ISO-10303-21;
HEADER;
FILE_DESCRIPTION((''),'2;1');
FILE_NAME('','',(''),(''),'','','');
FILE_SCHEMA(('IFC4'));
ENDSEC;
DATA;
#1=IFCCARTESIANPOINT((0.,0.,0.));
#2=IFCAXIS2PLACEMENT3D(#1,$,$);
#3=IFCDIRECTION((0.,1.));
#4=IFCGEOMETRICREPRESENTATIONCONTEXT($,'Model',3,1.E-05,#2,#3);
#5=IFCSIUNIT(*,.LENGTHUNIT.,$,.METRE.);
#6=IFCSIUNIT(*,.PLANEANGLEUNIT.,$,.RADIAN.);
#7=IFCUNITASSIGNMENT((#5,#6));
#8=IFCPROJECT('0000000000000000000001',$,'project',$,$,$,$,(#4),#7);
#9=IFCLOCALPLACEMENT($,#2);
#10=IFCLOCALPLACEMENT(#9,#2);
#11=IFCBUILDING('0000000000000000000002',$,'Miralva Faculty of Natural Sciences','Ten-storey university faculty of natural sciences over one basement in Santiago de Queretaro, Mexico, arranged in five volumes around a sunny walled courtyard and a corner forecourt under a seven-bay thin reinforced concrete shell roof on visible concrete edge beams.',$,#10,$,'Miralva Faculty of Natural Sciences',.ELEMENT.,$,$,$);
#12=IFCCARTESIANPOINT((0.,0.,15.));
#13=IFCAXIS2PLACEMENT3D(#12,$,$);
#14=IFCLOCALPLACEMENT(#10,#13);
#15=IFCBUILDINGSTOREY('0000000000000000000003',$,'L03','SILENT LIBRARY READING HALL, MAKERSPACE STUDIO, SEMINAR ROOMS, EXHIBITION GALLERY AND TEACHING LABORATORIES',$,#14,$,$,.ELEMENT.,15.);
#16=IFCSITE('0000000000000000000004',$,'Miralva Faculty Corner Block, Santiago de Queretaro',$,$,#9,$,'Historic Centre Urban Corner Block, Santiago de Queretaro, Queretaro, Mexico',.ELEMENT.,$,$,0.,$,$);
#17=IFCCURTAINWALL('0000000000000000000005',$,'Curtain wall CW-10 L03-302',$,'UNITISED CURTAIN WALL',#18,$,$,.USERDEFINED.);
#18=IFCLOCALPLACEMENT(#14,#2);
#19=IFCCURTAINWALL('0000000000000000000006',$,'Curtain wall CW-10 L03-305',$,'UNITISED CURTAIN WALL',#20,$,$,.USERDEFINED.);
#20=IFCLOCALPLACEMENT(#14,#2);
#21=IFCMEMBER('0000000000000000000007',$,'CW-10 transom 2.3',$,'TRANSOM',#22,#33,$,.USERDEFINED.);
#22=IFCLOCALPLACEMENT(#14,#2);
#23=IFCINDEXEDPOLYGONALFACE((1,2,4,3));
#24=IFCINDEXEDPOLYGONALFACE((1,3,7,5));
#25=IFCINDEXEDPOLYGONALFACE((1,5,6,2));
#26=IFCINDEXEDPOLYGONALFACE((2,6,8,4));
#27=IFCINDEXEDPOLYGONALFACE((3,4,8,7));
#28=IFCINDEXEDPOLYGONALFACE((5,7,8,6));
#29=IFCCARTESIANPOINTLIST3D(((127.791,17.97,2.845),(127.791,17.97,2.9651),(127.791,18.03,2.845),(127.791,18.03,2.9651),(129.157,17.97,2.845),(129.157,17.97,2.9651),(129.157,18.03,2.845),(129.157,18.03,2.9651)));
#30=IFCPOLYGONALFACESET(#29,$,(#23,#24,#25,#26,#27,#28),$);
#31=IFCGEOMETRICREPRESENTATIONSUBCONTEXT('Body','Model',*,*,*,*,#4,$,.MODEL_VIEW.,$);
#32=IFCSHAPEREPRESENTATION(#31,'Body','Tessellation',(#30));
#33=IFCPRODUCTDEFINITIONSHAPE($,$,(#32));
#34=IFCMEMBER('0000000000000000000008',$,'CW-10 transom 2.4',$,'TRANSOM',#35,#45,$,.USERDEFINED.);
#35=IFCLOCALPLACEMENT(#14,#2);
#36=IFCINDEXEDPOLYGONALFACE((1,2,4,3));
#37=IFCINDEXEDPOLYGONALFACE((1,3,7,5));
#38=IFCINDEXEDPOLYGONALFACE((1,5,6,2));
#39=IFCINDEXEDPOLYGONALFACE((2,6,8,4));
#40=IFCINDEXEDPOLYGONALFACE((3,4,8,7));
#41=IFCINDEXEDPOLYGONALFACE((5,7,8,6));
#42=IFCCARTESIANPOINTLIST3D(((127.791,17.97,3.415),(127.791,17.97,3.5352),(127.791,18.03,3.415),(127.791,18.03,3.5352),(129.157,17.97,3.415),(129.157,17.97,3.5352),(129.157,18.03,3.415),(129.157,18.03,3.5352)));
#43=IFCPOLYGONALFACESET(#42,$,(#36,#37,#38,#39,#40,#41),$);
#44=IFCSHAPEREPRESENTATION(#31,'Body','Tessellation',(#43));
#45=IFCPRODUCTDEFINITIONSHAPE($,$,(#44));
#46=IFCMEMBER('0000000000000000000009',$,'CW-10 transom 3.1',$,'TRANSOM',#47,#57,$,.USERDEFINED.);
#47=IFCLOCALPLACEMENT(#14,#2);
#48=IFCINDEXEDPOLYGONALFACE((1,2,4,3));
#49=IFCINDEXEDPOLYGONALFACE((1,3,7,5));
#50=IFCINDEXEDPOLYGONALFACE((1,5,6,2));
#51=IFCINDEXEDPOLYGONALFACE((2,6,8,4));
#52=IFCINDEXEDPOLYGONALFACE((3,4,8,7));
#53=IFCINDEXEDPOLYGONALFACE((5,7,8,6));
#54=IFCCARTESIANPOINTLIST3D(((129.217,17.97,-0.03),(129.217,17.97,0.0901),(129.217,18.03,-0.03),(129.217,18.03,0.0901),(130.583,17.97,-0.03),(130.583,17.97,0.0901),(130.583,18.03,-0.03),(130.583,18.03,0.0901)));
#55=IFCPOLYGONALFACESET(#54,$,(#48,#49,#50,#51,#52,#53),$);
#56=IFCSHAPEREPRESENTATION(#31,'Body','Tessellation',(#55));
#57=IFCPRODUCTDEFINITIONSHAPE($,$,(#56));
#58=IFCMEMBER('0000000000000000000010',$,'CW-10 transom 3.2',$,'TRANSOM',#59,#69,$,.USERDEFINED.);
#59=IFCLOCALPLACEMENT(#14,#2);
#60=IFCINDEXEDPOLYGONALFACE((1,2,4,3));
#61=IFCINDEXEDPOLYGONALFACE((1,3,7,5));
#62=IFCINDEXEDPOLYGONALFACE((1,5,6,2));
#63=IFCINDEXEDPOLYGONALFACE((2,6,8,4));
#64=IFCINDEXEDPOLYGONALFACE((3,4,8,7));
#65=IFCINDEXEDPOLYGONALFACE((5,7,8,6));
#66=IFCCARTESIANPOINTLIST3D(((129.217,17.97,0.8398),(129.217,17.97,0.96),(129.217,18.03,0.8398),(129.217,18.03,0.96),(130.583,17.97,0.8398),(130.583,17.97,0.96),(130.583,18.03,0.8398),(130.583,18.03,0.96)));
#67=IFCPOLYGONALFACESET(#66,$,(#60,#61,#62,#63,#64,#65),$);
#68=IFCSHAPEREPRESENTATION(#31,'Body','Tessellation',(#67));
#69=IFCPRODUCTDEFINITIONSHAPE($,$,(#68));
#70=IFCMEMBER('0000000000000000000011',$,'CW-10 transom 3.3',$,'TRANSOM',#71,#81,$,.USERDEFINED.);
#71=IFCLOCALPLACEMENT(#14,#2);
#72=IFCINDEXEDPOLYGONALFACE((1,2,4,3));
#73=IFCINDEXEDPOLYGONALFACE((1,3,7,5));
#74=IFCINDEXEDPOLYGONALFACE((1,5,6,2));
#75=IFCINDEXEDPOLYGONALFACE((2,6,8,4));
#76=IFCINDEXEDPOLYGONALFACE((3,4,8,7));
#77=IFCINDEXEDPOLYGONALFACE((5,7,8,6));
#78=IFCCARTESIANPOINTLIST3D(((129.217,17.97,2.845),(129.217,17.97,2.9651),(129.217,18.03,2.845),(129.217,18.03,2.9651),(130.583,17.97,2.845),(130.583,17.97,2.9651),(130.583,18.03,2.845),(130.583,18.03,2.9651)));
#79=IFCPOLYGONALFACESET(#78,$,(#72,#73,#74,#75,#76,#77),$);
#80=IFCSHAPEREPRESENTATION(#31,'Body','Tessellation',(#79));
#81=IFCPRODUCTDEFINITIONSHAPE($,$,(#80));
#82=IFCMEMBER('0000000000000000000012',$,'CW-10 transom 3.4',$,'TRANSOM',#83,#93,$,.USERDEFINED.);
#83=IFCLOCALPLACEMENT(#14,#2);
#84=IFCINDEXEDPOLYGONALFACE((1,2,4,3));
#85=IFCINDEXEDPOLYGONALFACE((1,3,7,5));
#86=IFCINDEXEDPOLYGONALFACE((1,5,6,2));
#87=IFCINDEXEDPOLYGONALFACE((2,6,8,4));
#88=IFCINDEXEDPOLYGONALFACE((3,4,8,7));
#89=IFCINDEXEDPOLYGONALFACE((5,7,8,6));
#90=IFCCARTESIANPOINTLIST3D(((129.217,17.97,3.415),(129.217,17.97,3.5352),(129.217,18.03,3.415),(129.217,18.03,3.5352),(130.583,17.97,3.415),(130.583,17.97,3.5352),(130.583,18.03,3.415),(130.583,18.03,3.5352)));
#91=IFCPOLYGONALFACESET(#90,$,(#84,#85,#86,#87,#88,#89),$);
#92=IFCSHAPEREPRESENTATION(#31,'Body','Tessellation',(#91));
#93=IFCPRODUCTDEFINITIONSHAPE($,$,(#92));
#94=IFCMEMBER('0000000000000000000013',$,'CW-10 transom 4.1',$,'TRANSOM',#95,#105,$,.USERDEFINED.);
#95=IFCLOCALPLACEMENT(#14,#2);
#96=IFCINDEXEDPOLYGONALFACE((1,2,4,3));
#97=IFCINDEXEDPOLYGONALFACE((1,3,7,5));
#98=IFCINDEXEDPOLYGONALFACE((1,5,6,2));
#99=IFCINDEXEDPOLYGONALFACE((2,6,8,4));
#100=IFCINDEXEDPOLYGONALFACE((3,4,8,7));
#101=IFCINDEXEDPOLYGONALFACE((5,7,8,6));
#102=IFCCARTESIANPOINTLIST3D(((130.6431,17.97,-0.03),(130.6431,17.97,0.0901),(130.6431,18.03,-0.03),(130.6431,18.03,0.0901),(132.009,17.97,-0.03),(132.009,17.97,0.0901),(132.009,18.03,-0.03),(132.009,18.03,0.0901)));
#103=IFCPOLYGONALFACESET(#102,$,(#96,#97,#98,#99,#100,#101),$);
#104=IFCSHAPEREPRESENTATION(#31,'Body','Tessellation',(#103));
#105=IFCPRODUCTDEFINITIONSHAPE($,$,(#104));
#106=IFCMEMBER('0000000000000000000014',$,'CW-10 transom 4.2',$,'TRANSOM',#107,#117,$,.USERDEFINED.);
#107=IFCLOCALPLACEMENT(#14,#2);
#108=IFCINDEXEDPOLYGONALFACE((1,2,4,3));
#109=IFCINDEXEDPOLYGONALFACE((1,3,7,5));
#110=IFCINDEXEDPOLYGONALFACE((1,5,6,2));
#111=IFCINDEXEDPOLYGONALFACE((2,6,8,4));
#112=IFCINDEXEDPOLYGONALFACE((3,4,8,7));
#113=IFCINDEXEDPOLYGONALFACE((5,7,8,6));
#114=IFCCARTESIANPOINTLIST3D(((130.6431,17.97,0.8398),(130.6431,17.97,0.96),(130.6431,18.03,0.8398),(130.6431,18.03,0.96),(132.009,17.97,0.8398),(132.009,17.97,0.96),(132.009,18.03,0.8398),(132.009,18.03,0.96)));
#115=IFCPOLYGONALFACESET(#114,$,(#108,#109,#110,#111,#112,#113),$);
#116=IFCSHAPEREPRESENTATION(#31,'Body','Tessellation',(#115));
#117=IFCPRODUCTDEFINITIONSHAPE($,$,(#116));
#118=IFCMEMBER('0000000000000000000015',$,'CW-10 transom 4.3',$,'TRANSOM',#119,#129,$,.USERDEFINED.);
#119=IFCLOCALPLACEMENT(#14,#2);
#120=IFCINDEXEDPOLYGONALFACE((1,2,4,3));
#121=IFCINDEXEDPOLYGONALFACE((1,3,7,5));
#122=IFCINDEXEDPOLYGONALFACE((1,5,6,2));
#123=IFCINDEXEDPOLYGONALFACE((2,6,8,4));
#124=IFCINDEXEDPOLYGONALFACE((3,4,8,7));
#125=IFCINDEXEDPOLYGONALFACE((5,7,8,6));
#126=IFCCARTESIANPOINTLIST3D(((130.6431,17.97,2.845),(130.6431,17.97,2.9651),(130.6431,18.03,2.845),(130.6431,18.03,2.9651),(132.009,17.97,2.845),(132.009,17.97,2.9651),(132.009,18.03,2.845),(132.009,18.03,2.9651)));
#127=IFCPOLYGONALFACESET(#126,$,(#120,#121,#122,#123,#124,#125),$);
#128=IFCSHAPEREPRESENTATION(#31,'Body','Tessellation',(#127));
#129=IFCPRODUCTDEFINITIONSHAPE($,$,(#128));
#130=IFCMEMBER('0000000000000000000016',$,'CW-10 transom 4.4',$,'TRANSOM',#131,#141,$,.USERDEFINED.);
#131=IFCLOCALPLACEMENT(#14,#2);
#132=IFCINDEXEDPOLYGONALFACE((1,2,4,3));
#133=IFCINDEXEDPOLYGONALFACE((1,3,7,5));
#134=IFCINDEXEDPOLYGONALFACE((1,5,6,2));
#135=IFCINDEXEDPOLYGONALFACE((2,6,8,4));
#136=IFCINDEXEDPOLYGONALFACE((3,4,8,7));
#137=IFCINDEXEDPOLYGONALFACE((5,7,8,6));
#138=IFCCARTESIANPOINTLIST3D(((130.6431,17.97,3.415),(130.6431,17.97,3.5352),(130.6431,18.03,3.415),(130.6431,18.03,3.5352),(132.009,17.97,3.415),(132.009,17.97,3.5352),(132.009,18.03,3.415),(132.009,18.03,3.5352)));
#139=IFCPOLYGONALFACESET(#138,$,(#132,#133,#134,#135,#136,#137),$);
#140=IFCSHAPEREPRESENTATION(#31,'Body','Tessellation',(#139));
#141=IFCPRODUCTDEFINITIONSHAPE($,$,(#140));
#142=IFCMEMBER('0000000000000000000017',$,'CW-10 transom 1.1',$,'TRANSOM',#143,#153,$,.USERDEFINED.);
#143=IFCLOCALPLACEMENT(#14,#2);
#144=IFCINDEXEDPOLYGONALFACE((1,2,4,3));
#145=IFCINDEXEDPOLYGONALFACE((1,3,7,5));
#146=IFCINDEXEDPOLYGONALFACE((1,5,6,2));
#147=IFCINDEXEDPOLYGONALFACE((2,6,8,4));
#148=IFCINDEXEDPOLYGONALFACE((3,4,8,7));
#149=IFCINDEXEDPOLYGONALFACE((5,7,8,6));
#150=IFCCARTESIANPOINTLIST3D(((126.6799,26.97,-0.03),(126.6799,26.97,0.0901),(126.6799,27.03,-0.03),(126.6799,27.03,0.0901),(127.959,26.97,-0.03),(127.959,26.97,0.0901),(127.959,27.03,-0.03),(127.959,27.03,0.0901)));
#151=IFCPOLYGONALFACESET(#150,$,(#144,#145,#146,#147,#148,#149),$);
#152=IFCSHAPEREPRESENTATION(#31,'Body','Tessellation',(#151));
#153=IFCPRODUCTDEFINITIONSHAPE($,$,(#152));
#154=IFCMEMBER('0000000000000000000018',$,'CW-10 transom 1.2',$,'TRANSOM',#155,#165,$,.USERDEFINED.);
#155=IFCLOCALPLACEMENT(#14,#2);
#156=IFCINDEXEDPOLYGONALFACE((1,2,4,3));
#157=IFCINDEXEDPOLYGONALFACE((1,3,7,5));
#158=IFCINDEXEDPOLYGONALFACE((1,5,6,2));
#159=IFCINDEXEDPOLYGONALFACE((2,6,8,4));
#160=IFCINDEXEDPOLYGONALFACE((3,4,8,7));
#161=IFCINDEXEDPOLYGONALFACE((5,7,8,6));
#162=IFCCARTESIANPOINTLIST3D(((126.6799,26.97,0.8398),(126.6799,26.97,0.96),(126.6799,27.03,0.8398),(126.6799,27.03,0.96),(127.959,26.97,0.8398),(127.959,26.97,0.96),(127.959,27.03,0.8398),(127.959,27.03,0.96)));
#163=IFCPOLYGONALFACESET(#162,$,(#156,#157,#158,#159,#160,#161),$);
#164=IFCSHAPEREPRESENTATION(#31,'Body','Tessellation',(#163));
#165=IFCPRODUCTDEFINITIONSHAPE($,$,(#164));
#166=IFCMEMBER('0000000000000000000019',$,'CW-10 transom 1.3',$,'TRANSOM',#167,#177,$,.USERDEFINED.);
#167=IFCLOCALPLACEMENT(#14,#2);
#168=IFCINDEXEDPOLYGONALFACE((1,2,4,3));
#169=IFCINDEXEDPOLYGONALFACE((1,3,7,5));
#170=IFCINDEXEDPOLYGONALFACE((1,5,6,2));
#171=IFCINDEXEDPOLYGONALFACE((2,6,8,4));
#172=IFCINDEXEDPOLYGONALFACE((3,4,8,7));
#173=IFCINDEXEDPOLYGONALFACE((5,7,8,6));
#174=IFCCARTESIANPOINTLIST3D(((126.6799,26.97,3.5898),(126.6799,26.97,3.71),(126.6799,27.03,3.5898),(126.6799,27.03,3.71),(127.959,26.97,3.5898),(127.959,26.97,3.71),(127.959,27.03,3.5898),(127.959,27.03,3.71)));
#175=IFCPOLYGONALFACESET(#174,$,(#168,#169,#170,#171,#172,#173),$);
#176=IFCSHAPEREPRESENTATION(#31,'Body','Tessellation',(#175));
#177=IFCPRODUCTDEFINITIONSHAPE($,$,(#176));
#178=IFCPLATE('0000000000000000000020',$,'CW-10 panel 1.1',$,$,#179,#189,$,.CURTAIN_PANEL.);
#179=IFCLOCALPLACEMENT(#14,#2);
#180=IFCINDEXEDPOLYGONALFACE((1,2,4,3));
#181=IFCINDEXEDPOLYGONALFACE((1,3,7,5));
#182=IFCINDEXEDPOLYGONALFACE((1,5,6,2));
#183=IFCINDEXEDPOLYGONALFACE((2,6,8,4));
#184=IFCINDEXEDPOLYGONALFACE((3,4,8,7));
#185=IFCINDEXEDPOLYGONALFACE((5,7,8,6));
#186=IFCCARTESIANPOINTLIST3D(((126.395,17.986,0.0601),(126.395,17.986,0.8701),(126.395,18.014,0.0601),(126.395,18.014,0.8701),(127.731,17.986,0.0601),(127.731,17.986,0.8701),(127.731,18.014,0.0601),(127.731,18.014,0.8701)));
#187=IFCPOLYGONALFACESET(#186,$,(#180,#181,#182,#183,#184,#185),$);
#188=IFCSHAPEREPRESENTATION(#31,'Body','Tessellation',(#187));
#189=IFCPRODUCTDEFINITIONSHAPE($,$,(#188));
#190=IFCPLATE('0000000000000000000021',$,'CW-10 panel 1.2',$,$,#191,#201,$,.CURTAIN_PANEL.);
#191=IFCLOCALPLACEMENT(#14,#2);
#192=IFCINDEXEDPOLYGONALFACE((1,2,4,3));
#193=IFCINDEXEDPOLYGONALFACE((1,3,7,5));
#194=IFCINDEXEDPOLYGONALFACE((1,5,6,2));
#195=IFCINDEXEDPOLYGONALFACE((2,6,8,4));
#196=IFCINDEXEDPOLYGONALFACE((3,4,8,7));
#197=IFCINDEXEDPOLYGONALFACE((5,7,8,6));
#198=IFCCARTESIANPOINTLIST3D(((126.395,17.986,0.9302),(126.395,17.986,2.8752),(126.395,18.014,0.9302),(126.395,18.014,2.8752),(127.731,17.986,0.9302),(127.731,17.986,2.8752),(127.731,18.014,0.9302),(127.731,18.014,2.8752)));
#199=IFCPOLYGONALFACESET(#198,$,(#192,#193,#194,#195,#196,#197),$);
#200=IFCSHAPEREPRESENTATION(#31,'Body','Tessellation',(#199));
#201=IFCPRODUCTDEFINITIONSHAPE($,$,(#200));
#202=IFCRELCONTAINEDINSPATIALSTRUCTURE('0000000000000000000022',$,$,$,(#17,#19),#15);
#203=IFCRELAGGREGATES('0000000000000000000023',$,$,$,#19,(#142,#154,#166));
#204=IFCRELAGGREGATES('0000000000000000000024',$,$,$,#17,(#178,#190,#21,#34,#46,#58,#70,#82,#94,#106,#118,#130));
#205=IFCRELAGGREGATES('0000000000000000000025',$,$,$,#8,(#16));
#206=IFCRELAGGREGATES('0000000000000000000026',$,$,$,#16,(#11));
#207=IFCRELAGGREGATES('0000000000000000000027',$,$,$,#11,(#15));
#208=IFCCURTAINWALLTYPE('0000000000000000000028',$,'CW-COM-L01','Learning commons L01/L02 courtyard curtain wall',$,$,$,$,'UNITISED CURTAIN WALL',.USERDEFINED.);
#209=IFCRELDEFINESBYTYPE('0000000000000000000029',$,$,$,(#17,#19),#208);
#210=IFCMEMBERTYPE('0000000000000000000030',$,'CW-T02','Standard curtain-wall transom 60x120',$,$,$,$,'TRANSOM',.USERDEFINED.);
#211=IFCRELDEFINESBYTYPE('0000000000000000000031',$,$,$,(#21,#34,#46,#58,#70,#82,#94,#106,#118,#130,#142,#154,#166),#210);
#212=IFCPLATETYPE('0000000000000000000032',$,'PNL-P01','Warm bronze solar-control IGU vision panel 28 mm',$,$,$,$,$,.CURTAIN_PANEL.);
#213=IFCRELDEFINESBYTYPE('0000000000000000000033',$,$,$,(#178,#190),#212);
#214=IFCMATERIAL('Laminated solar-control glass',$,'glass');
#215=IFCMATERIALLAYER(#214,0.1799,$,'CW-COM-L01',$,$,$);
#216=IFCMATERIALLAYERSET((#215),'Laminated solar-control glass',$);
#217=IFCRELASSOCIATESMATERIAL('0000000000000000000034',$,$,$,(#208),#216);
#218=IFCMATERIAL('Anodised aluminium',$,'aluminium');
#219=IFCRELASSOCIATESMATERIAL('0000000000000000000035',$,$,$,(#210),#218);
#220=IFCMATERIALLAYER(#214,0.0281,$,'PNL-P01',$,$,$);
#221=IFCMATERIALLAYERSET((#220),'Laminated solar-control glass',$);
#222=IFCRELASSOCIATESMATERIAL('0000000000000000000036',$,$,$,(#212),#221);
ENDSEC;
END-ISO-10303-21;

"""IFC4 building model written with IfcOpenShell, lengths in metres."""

from ifc_helpers import new_model, si_unit, direction, frame, origin, origin_2d, place, context, subcontext, project, spatial, rectangle, extrude, material, layer, layer_set, material_profile, profile_set, type_object, element, aggregate, save


model = new_model("IFC4")

# Units and contexts
model_context = context("Model", 3, precision=1e-05, world=origin(), true_north=direction((0.0, 1.0)))
body_context = subcontext(model_context, "Body", "Model", "MODEL_VIEW")
ifc_project = project(units=[si_unit("LENGTHUNIT", "METRE"), si_unit("PLANEANGLEUNIT", "RADIAN")], contexts=[model_context])

# Site, building, storey
site_placement = place(None, origin())
site = spatial("IfcSite", under=ifc_project, at=site_placement, Name="Miralva Faculty Corner Block, Santiago de Queretaro", LongName="Historic Centre Urban Corner Block, Santiago de Queretaro, Queretaro, Mexico", CompositionType="ELEMENT", RefElevation=0.0)
building_placement = place(site_placement, origin())
building = spatial("IfcBuilding", under=site, at=building_placement, Name="Miralva Faculty of Natural Sciences", Description="Ten-storey university faculty of natural sciences over one basement in Santiago de Queretaro, Mexico, arranged in five volumes around a sunny walled courtyard and a corner forecourt under a seven-bay thin reinforced concrete shell roof on visible concrete edge beams.", LongName="Miralva Faculty of Natural Sciences", CompositionType="ELEMENT")
storey_placement = place(building_placement, frame((0.0, 0.0, 15.0)))
storey = spatial("IfcBuildingStorey", under=building, at=storey_placement, Name="L03", Description="SILENT LIBRARY READING HALL, MAKERSPACE STUDIO, SEMINAR ROOMS, EXHIBITION GALLERY AND TEACHING LABORATORIES", CompositionType="ELEMENT", Elevation=15.0)

# Shared definitions
ifc_material_1 = material(Name="Laminated solar-control glass", Category="glass")
ifc_material_2 = material(Name="Anodised aluminium", Category="aluminium")

# Curtain wall
ifc_layer_1 = layer(ifc_material_1, 0.1799, Name="CW-COM-L01")
ifc_layer_set_1 = layer_set([ifc_layer_1], Name="Laminated solar-control glass")
curtain_wall_type_1 = type_object("IfcCurtainWallType", Name="CW-COM-L01", Description="Learning commons L01/L02 courtyard curtain wall", ElementType="UNITISED CURTAIN WALL", PredefinedType="USERDEFINED", material=ifc_layer_set_1)
curtain_wall_1_placement = place(storey_placement, origin())
curtain_wall_1 = element("IfcCurtainWall", 1, at=curtain_wall_1_placement, inside=storey, type_object=curtain_wall_type_1, Name="Curtain wall CW-10 L03-302", ObjectType="UNITISED CURTAIN WALL", PredefinedType="USERDEFINED")

# Curtain wall
curtain_wall_2_placement = place(storey_placement, origin())
curtain_wall_2 = element("IfcCurtainWall", 2, at=curtain_wall_2_placement, inside=storey, type_object=curtain_wall_type_1, Name="Curtain wall CW-10 L03-305", ObjectType="UNITISED CURTAIN WALL", PredefinedType="USERDEFINED")

# Members
ifc_material_profile_1 = material_profile(ifc_material_2, rectangle(XDim=0.0601, YDim=0.1201, at=origin_2d()), Name="TRANSOM 60x120")
ifc_profile_set_1 = profile_set([ifc_material_profile_1], Name="Anodised aluminium")
member_type_1 = type_object("IfcMemberType", Name="CW-T02", Description="Standard curtain-wall transom 60x120", ElementType="TRANSOM", PredefinedType="USERDEFINED", material=ifc_profile_set_1)
member_1_placement = place(storey_placement, frame((127.791, 18.0, 2.905), z_axis=(1.0, 0.0, 0.0), x_axis=(0.0, 1.0, 0.0)))
member_1 = element("IfcMember", 3, at=member_1_placement, type_object=member_type_1, Name="CW-10 transom 2.3", ObjectType="TRANSOM", PredefinedType="USERDEFINED", context=body_context, shape_type="SweptSolid", body=[
    extrude(rectangle(XDim=0.0601, YDim=0.1201, at=origin_2d()), origin(), (0.0, 0.0, 1.0), 1.366),
])
member_2_placement = place(storey_placement, frame((127.791, 18.0, 3.4751), z_axis=(1.0, 0.0, 0.0), x_axis=(0.0, 1.0, 0.0)))
member_2 = element("IfcMember", 4, at=member_2_placement, type_object=member_type_1, Name="CW-10 transom 2.4", ObjectType="TRANSOM", PredefinedType="USERDEFINED", context=body_context, shape_type="SweptSolid", body=[
    extrude(rectangle(XDim=0.0601, YDim=0.1201, at=origin_2d()), origin(), (0.0, 0.0, 1.0), 1.366),
])
member_3_placement = place(storey_placement, frame((129.217, 18.0, 0.03), z_axis=(1.0, 0.0, 0.0), x_axis=(0.0, 1.0, 0.0)))
member_3 = element("IfcMember", 5, at=member_3_placement, type_object=member_type_1, Name="CW-10 transom 3.1", ObjectType="TRANSOM", PredefinedType="USERDEFINED", context=body_context, shape_type="SweptSolid", body=[
    extrude(rectangle(XDim=0.0601, YDim=0.1201, at=origin_2d()), origin(), (0.0, 0.0, 1.0), 1.366),
])
member_4_placement = place(storey_placement, frame((129.217, 18.0, 0.8999), z_axis=(1.0, 0.0, 0.0), x_axis=(0.0, 1.0, 0.0)))
member_4 = element("IfcMember", 6, at=member_4_placement, type_object=member_type_1, Name="CW-10 transom 3.2", ObjectType="TRANSOM", PredefinedType="USERDEFINED", context=body_context, shape_type="SweptSolid", body=[
    extrude(rectangle(XDim=0.0601, YDim=0.1201, at=origin_2d()), origin(), (0.0, 0.0, 1.0), 1.366),
])
member_5_placement = place(storey_placement, frame((129.217, 18.0, 2.905), z_axis=(1.0, 0.0, 0.0), x_axis=(0.0, 1.0, 0.0)))
member_5 = element("IfcMember", 7, at=member_5_placement, type_object=member_type_1, Name="CW-10 transom 3.3", ObjectType="TRANSOM", PredefinedType="USERDEFINED", context=body_context, shape_type="SweptSolid", body=[
    extrude(rectangle(XDim=0.0601, YDim=0.1201, at=origin_2d()), origin(), (0.0, 0.0, 1.0), 1.366),
])
member_6_placement = place(storey_placement, frame((129.217, 18.0, 3.4751), z_axis=(1.0, 0.0, 0.0), x_axis=(0.0, 1.0, 0.0)))
member_6 = element("IfcMember", 8, at=member_6_placement, type_object=member_type_1, Name="CW-10 transom 3.4", ObjectType="TRANSOM", PredefinedType="USERDEFINED", context=body_context, shape_type="SweptSolid", body=[
    extrude(rectangle(XDim=0.0601, YDim=0.1201, at=origin_2d()), origin(), (0.0, 0.0, 1.0), 1.366),
])
member_7_placement = place(storey_placement, frame((130.6431, 18.0, 0.03), z_axis=(1.0, 0.0, 0.0), x_axis=(0.0, 1.0, 0.0)))
member_7 = element("IfcMember", 9, at=member_7_placement, type_object=member_type_1, Name="CW-10 transom 4.1", ObjectType="TRANSOM", PredefinedType="USERDEFINED", context=body_context, shape_type="SweptSolid", body=[
    extrude(rectangle(XDim=0.0601, YDim=0.1201, at=origin_2d()), origin(), (0.0, 0.0, 1.0), 1.366),
])
member_8_placement = place(storey_placement, frame((130.6431, 18.0, 0.8999), z_axis=(1.0, 0.0, 0.0), x_axis=(0.0, 1.0, 0.0)))
member_8 = element("IfcMember", 10, at=member_8_placement, type_object=member_type_1, Name="CW-10 transom 4.2", ObjectType="TRANSOM", PredefinedType="USERDEFINED", context=body_context, shape_type="SweptSolid", body=[
    extrude(rectangle(XDim=0.0601, YDim=0.1201, at=origin_2d()), origin(), (0.0, 0.0, 1.0), 1.366),
])
member_9_placement = place(storey_placement, frame((130.6431, 18.0, 2.905), z_axis=(1.0, 0.0, 0.0), x_axis=(0.0, 1.0, 0.0)))
member_9 = element("IfcMember", 11, at=member_9_placement, type_object=member_type_1, Name="CW-10 transom 4.3", ObjectType="TRANSOM", PredefinedType="USERDEFINED", context=body_context, shape_type="SweptSolid", body=[
    extrude(rectangle(XDim=0.0601, YDim=0.1201, at=origin_2d()), origin(), (0.0, 0.0, 1.0), 1.366),
])
member_10_placement = place(storey_placement, frame((130.6431, 18.0, 3.4751), z_axis=(1.0, 0.0, 0.0), x_axis=(0.0, 1.0, 0.0)))
member_10 = element("IfcMember", 12, at=member_10_placement, type_object=member_type_1, Name="CW-10 transom 4.4", ObjectType="TRANSOM", PredefinedType="USERDEFINED", context=body_context, shape_type="SweptSolid", body=[
    extrude(rectangle(XDim=0.0601, YDim=0.1201, at=origin_2d()), origin(), (0.0, 0.0, 1.0), 1.366),
])
member_11_placement = place(storey_placement, frame((126.6799, 27.0, 0.03), z_axis=(1.0, 0.0, 0.0), x_axis=(0.0, 1.0, 0.0)))
member_11 = element("IfcMember", 13, at=member_11_placement, type_object=member_type_1, Name="CW-10 transom 1.1", ObjectType="TRANSOM", PredefinedType="USERDEFINED", context=body_context, shape_type="SweptSolid", body=[
    extrude(rectangle(XDim=0.0601, YDim=0.1201, at=origin_2d()), origin(), (0.0, 0.0, 1.0), 1.2791),
])
member_12_placement = place(storey_placement, frame((126.6799, 27.0, 0.8999), z_axis=(1.0, 0.0, 0.0), x_axis=(0.0, 1.0, 0.0)))
member_12 = element("IfcMember", 14, at=member_12_placement, type_object=member_type_1, Name="CW-10 transom 1.2", ObjectType="TRANSOM", PredefinedType="USERDEFINED", context=body_context, shape_type="SweptSolid", body=[
    extrude(rectangle(XDim=0.0601, YDim=0.1201, at=origin_2d()), origin(), (0.0, 0.0, 1.0), 1.2791),
])
member_13_placement = place(storey_placement, frame((126.6799, 27.0, 3.6499), z_axis=(1.0, 0.0, 0.0), x_axis=(0.0, 1.0, 0.0)))
member_13 = element("IfcMember", 15, at=member_13_placement, type_object=member_type_1, Name="CW-10 transom 1.3", ObjectType="TRANSOM", PredefinedType="USERDEFINED", context=body_context, shape_type="SweptSolid", body=[
    extrude(rectangle(XDim=0.0601, YDim=0.1201, at=origin_2d()), origin(), (0.0, 0.0, 1.0), 1.2791),
])
aggregate(curtain_wall_2, [member_11, member_12, member_13])

# Plates
ifc_layer_2 = layer(ifc_material_1, 0.0281, Name="PNL-P01")
ifc_layer_set_2 = layer_set([ifc_layer_2], Name="Laminated solar-control glass")
plate_type = type_object("IfcPlateType", Name="PNL-P01", Description="Warm bronze solar-control IGU vision panel 28 mm", PredefinedType="CURTAIN_PANEL", material=ifc_layer_set_2)
plate_1_placement = place(storey_placement, frame((127.063, 18.0, 0.0601), z_axis=(0.0, 0.0, 1.0), x_axis=(1.0, 0.0, 0.0)))
plate_1 = element("IfcPlate", 16, at=plate_1_placement, type_object=plate_type, Name="CW-10 panel 1.1", PredefinedType="CURTAIN_PANEL", context=body_context, shape_type="SweptSolid", body=[
    extrude(rectangle(XDim=1.3359, YDim=0.0281, at=origin_2d()), origin(), (0.0, 0.0, 1.0), 0.8101),
])
plate_2_placement = place(storey_placement, frame((127.063, 18.0, 0.9302), z_axis=(0.0, 0.0, 1.0), x_axis=(1.0, 0.0, 0.0)))
plate_2 = element("IfcPlate", 17, at=plate_2_placement, type_object=plate_type, Name="CW-10 panel 1.2", PredefinedType="CURTAIN_PANEL", context=body_context, shape_type="SweptSolid", body=[
    extrude(rectangle(XDim=1.3359, YDim=0.0281, at=origin_2d()), origin(), (0.0, 0.0, 1.0), 1.9451),
])
aggregate(curtain_wall_1, [plate_1, plate_2, member_1, member_2, member_3, member_4, member_5, member_6, member_7, member_8, member_9, member_10])

save(model, "model.ifc")
